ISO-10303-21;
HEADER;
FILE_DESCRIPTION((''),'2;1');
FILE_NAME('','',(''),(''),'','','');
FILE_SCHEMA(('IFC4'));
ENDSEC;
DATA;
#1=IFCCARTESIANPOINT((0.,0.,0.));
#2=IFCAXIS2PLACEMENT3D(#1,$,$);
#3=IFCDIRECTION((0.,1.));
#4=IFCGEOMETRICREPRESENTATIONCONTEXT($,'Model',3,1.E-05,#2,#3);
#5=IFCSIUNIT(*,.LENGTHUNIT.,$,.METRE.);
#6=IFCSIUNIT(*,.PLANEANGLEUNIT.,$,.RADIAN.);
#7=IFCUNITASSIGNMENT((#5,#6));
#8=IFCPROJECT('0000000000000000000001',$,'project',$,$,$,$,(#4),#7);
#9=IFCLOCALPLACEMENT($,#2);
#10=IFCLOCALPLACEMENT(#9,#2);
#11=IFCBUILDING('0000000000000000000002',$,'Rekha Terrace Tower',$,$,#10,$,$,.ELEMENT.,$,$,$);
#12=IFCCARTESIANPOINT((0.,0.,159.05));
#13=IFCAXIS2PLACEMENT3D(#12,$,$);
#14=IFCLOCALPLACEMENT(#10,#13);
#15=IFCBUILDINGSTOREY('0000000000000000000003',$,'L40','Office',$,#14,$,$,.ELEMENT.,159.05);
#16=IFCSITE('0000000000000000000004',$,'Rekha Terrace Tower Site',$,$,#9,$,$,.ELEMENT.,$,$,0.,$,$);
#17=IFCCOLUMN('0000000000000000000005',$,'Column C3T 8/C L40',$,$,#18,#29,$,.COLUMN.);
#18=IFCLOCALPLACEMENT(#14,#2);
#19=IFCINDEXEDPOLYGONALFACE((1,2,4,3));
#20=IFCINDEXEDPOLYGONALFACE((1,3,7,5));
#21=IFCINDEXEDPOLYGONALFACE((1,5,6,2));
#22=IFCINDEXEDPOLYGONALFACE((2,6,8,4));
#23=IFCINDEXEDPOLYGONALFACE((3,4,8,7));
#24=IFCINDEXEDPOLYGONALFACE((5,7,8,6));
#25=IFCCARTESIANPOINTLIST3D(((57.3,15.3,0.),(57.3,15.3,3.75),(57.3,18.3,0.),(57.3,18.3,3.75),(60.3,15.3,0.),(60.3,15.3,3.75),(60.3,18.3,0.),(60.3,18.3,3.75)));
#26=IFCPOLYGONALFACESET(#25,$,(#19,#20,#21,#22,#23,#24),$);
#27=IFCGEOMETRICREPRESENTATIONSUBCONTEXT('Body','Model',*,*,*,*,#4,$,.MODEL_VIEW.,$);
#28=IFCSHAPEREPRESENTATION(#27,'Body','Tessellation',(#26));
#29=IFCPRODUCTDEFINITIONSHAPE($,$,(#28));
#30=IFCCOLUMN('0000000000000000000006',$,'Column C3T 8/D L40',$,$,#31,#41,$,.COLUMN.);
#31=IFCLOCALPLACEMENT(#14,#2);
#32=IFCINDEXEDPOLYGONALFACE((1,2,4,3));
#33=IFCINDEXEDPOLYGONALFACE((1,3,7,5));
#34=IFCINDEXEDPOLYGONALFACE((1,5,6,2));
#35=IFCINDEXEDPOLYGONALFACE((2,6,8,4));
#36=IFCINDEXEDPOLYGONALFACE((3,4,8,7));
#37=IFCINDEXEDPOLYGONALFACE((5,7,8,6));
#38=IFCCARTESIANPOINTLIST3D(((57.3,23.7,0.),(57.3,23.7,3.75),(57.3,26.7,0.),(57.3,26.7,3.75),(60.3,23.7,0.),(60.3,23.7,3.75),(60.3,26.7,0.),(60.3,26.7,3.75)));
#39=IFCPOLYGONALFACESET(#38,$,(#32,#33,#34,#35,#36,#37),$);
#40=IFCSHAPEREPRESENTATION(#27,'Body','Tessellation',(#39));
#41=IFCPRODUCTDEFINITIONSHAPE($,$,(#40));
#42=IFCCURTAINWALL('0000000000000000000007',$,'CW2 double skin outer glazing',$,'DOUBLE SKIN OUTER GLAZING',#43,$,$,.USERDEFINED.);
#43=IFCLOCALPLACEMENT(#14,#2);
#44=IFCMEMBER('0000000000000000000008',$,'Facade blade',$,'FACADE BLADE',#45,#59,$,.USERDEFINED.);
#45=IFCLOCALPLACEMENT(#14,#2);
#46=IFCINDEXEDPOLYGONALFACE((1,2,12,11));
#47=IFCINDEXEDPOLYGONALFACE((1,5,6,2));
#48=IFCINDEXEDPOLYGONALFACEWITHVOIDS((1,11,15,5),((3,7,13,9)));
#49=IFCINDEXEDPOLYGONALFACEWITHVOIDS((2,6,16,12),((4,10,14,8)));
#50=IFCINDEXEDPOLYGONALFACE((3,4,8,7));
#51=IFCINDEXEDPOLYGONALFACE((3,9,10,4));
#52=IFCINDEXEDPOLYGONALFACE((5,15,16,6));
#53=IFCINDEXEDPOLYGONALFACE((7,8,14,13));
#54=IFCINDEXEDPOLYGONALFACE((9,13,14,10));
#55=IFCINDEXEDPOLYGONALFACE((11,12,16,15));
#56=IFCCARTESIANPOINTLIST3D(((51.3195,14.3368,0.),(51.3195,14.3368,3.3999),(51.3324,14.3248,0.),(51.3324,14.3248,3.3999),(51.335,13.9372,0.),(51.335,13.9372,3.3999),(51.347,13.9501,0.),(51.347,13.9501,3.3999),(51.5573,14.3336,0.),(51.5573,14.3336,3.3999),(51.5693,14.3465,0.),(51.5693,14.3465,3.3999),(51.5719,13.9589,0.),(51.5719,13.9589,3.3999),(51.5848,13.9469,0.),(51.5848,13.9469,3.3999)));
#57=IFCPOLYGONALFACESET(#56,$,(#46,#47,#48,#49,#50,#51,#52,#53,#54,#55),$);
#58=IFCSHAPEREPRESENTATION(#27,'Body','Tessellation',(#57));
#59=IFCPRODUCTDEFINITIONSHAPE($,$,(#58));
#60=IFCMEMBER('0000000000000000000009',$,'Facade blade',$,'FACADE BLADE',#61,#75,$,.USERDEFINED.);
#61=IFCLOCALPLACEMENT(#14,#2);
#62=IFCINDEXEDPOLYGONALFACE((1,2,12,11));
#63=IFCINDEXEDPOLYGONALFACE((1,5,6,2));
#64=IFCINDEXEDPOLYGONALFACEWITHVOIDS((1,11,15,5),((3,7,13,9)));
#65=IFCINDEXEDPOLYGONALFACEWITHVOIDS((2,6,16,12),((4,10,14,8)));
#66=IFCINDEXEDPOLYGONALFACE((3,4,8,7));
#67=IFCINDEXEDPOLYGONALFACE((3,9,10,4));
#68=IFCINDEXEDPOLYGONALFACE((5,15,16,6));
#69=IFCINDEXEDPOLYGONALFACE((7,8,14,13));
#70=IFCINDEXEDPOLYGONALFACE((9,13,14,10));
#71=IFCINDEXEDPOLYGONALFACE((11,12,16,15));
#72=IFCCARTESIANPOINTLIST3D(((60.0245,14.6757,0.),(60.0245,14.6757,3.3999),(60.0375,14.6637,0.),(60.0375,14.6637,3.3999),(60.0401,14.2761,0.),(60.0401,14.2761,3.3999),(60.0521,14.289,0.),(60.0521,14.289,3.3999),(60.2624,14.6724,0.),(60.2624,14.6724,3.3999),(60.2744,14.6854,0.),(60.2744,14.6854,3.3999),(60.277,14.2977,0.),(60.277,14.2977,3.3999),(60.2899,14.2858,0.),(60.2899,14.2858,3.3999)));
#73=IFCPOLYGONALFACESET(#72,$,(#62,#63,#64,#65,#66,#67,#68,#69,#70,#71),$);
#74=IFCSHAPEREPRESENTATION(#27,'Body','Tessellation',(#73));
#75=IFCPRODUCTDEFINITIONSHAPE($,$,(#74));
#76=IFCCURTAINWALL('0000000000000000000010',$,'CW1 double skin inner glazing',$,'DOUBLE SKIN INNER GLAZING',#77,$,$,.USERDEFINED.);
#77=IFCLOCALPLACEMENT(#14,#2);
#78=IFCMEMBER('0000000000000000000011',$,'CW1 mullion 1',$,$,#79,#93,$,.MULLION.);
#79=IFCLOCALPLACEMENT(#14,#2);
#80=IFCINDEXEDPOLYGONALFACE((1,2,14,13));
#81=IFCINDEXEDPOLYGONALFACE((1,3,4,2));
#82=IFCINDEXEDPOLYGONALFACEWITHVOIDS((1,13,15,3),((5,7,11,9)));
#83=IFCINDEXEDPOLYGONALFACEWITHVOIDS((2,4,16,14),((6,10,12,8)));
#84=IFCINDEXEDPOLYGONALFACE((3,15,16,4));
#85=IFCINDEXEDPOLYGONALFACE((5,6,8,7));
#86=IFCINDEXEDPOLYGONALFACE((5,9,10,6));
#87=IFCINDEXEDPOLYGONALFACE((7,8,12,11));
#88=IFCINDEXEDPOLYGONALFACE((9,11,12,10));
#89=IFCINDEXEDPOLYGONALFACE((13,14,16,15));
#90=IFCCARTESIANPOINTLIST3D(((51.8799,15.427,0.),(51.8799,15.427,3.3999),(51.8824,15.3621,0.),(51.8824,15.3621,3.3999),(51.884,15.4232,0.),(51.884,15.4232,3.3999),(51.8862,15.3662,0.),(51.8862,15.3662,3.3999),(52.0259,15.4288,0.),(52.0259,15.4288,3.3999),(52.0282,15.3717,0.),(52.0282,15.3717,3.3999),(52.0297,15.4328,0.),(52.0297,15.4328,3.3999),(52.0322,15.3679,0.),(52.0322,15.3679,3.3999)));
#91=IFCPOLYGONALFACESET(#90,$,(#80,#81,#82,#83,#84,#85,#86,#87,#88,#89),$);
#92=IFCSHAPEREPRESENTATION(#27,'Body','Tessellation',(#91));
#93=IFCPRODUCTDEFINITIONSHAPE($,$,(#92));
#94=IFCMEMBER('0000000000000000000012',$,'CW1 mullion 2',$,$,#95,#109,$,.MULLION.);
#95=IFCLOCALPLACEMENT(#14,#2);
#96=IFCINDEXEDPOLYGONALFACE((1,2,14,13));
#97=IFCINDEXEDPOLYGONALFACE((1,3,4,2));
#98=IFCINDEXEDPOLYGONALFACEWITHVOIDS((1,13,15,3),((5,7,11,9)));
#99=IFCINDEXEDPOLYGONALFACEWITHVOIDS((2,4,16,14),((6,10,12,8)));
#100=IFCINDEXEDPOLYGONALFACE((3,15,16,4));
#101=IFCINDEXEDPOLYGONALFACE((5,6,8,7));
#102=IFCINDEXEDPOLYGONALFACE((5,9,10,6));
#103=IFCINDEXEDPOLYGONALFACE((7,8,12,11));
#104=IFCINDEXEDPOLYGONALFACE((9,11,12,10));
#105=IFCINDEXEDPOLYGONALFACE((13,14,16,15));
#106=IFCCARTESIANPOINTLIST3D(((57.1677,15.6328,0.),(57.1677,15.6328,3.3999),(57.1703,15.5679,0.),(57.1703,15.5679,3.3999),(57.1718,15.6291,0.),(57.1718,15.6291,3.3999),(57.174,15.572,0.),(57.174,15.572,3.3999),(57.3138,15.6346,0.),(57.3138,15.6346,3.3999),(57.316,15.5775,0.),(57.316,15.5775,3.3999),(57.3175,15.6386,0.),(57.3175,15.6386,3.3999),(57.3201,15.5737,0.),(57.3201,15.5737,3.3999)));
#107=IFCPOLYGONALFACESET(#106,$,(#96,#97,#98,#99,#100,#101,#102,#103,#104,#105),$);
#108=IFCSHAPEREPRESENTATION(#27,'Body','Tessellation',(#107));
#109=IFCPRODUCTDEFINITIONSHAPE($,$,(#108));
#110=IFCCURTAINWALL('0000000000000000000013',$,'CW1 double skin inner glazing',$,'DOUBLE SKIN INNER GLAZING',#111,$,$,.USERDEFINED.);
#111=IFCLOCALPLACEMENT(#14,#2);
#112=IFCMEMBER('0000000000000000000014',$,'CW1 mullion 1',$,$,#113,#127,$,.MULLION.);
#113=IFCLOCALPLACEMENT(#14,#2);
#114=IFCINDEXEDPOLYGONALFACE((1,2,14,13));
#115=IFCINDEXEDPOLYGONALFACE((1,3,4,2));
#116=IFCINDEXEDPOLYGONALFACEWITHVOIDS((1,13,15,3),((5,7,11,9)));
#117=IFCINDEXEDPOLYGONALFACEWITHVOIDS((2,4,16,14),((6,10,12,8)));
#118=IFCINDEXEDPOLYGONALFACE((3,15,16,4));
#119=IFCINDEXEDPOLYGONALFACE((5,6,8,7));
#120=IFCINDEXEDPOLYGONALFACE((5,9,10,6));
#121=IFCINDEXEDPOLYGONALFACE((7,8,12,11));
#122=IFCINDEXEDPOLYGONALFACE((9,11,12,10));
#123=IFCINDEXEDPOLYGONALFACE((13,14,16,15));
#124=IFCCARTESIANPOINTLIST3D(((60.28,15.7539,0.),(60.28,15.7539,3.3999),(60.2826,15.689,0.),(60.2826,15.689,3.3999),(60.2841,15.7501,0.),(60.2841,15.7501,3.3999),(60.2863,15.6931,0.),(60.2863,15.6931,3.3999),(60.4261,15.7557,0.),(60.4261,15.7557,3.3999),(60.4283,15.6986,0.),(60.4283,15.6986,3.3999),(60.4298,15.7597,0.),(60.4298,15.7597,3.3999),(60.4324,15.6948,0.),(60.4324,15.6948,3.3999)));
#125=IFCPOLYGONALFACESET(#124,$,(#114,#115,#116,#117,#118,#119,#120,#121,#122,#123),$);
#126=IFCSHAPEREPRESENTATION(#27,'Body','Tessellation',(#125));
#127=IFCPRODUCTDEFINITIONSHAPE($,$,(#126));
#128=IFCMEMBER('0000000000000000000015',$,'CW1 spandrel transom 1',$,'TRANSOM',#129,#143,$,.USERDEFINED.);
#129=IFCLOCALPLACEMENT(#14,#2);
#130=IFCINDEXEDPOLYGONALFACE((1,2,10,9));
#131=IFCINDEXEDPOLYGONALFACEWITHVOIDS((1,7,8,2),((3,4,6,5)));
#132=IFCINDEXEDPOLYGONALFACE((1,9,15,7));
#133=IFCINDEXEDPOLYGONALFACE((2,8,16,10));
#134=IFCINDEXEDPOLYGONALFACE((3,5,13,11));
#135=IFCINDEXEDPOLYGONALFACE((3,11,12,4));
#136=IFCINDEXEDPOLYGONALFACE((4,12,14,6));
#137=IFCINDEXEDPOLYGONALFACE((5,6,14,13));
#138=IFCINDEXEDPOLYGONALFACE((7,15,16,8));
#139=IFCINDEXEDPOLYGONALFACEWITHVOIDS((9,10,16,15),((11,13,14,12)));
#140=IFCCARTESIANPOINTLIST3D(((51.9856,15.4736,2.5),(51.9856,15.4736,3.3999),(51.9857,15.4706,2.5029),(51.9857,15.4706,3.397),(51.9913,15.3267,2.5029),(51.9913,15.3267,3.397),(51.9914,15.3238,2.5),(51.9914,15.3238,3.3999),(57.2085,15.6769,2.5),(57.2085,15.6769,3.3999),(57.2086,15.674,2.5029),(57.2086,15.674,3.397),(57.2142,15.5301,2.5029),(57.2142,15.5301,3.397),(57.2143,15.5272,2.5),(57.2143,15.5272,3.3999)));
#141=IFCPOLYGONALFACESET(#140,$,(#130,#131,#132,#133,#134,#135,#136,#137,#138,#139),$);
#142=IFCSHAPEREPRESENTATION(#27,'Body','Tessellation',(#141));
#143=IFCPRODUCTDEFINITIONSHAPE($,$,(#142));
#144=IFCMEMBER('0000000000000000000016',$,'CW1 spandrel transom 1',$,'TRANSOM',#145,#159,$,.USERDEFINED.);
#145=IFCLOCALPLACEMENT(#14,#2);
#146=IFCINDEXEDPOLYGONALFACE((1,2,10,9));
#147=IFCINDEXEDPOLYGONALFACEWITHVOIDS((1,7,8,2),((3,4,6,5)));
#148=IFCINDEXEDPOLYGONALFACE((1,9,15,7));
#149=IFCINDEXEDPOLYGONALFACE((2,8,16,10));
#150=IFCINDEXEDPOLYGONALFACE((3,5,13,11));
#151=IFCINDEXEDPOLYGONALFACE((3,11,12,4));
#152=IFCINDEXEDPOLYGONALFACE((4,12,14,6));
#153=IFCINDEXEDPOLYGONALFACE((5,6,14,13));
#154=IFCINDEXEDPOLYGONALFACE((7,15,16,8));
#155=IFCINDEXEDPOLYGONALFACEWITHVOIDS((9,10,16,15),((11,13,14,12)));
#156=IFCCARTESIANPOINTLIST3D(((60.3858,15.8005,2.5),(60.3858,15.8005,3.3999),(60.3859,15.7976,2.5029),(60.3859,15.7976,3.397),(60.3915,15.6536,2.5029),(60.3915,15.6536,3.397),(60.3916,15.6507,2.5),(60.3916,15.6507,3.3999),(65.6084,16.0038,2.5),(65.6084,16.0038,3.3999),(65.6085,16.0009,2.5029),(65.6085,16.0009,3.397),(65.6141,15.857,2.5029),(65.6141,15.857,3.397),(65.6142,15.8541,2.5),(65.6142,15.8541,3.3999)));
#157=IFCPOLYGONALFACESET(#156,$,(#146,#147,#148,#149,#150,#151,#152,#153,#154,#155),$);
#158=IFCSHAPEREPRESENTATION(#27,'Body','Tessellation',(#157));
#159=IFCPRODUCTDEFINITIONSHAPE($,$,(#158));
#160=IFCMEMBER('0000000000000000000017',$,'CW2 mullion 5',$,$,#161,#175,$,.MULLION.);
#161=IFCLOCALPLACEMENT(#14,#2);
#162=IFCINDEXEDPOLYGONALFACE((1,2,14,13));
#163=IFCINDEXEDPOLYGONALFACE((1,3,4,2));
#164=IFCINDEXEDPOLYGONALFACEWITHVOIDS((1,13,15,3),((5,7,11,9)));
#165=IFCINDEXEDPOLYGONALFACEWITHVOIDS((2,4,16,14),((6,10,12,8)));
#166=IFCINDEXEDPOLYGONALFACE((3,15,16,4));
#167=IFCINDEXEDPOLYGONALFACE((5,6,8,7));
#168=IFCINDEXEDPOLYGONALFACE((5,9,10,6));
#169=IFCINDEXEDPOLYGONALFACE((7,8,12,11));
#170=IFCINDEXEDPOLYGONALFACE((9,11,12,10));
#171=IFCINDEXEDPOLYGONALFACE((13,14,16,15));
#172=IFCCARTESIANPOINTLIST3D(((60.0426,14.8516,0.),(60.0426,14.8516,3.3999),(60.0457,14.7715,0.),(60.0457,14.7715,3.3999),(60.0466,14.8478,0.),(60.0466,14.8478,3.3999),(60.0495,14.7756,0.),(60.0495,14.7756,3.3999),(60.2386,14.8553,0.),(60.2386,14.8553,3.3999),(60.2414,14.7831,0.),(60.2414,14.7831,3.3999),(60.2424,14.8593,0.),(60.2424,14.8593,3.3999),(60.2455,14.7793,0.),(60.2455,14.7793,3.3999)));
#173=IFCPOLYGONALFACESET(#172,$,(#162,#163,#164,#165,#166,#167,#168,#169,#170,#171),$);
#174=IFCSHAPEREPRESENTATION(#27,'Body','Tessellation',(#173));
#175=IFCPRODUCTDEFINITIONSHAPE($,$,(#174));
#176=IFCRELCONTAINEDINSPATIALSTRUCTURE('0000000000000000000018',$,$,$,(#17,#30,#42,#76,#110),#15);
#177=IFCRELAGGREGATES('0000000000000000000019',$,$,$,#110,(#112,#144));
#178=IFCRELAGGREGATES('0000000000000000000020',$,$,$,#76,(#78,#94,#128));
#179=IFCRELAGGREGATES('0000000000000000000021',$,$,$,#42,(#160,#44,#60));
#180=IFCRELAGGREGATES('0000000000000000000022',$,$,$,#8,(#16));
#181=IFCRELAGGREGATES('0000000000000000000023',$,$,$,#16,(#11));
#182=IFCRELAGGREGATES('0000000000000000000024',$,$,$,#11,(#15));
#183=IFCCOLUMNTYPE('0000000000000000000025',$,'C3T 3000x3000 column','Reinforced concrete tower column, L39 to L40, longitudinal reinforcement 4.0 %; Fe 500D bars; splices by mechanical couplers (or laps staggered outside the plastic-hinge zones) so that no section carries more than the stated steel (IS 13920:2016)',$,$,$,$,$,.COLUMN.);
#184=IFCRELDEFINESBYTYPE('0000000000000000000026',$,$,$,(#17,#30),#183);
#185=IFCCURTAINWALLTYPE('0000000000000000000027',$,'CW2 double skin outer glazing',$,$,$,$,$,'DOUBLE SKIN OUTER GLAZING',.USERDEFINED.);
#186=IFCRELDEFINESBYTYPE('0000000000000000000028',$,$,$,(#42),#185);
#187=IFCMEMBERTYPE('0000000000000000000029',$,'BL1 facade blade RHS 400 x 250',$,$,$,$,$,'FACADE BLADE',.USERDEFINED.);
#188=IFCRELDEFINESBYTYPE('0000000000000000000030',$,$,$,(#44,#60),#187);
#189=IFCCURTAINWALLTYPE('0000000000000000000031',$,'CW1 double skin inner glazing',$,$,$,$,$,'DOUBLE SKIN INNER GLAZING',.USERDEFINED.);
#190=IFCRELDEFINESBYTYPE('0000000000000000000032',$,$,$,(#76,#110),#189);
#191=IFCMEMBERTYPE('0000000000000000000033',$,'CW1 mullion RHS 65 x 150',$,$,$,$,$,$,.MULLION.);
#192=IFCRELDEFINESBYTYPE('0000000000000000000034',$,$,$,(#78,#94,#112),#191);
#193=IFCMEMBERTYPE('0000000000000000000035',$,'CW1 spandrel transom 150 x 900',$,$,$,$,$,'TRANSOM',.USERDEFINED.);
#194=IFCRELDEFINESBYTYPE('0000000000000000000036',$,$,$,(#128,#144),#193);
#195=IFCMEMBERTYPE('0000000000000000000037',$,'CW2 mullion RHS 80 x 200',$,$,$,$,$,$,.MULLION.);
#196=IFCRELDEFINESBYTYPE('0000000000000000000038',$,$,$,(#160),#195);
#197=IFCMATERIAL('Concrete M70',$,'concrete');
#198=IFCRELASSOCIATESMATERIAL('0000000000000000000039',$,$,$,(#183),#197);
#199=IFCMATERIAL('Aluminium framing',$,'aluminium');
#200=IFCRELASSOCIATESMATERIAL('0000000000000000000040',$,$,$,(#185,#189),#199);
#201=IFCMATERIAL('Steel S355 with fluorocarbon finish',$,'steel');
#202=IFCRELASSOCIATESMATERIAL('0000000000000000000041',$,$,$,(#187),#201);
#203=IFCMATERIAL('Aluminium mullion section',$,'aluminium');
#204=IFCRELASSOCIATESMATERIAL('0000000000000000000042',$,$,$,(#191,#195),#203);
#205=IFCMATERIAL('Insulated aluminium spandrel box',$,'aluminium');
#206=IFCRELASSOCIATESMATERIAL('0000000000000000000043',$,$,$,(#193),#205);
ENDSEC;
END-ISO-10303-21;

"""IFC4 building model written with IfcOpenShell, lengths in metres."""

from ifc_helpers import new_model, si_unit, direction, frame, origin, origin_2d, place, context, subcontext, project, spatial, rectangle, hollow_rectangle, extrude, material, material_profile, profile_set, type_object, element, aggregate, save


model = new_model("IFC4")

# Units and contexts
model_context = context("Model", 3, precision=1e-05, world=origin(), true_north=direction((0.0, 1.0)))
body_context = subcontext(model_context, "Body", "Model", "MODEL_VIEW")
ifc_project = project(units=[si_unit("LENGTHUNIT", "METRE"), si_unit("PLANEANGLEUNIT", "RADIAN")], contexts=[model_context])

# Site, building, storey
site_placement = place(None, origin())
site = spatial("IfcSite", under=ifc_project, at=site_placement, Name="Rekha Terrace Tower Site", CompositionType="ELEMENT", RefElevation=0.0)
building_placement = place(site_placement, origin())
building = spatial("IfcBuilding", under=site, at=building_placement, Name="Rekha Terrace Tower", CompositionType="ELEMENT")
storey_placement = place(building_placement, frame((0.0, 0.0, 159.05)))
storey = spatial("IfcBuildingStorey", under=building, at=storey_placement, Name="L40", Description="Office", CompositionType="ELEMENT", Elevation=159.05)

# Columns
ifc_material_1 = material(Name="Concrete M70", Category="concrete")
ifc_material_profile_1 = material_profile(ifc_material_1, rectangle(XDim=3.0, YDim=3.0, at=origin_2d()), Name="RC 3000x3000")
ifc_profile_set_1 = profile_set([ifc_material_profile_1], Name="Concrete M70")
column_type = type_object("IfcColumnType", Name="C3T 3000x3000 column", Description="Reinforced concrete tower column, L39 to L40, longitudinal reinforcement 4.0 %; Fe 500D bars; splices by mechanical couplers (or laps staggered outside the plastic-hinge zones) so that no section carries more than the stated steel (IS 13920:2016)", PredefinedType="COLUMN", material=ifc_profile_set_1)
for number, where, z_axis, x_axis, name in (
    (1, (58.8, 16.8, 0.0), (0.0, 0.0, 1.0), (1.0, 0.0, 0.0), "Column C3T 8/C L40"),
    (2, (58.8, 25.2, 0.0), (0.0, 0.0, 1.0), (1.0, 0.0, 0.0), "Column C3T 8/D L40"),
):
    element("IfcColumn", number, at=place(storey_placement, frame(where, z_axis=z_axis, x_axis=x_axis)), inside=storey, type_object=column_type, Name=name, PredefinedType="COLUMN", context=body_context, shape_type="SweptSolid", body=[
        extrude(rectangle(XDim=3.0, YDim=3.0, at=origin_2d()), origin(), (0.0, 0.0, 1.0), 3.75),
    ])

# Curtain walls, members
ifc_material_2 = material(Name="Aluminium framing", Category="aluminium")
curtain_wall_type_1 = type_object("IfcCurtainWallType", Name="CW2 double skin outer glazing", ElementType="DOUBLE SKIN OUTER GLAZING", PredefinedType="USERDEFINED", material=ifc_material_2)
curtain_wall_1_placement = place(storey_placement, origin())
curtain_wall_1 = element("IfcCurtainWall", 3, at=curtain_wall_1_placement, inside=storey, type_object=curtain_wall_type_1, Name="CW2 double skin outer glazing", ObjectType="DOUBLE SKIN OUTER GLAZING", PredefinedType="USERDEFINED")
ifc_material_3 = material(Name="Steel S355 with fluorocarbon finish", Category="steel")
ifc_material_profile_2 = material_profile(ifc_material_3, hollow_rectangle(XDim=0.25, YDim=0.3999, WallThickness=0.0125, at=origin_2d()), Name="RHS400x250x12.5")
ifc_profile_set_2 = profile_set([ifc_material_profile_2], Name="Steel S355 with fluorocarbon finish")
member_type_1 = type_object("IfcMemberType", Name="BL1 facade blade RHS 400 x 250", ElementType="FACADE BLADE", PredefinedType="USERDEFINED", material=ifc_profile_set_2)
member_1_placement = place(storey_placement, frame((51.4521, 14.1418, 0.0), z_axis=(0.0, 0.0, 1.0), x_axis=(0.999243, 0.03889, 0.0)))
member_1 = element("IfcMember", 4, at=member_1_placement, type_object=member_type_1, Name="Facade blade", ObjectType="FACADE BLADE", PredefinedType="USERDEFINED", context=body_context, shape_type="SweptSolid", body=[
    extrude(hollow_rectangle(XDim=0.25, YDim=0.3999, WallThickness=0.0125, at=origin_2d()), origin(), (0.0, 0.0, 1.0), 3.3999),
])
member_2_placement = place(storey_placement, frame((60.1572, 14.4807, 0.0), z_axis=(0.0, 0.0, 1.0), x_axis=(0.999243, 0.03889, 0.0)))
member_2 = element("IfcMember", 5, at=member_2_placement, type_object=member_type_1, Name="Facade blade", ObjectType="FACADE BLADE", PredefinedType="USERDEFINED", context=body_context, shape_type="SweptSolid", body=[
    extrude(hollow_rectangle(XDim=0.25, YDim=0.3999, WallThickness=0.0125, at=origin_2d()), origin(), (0.0, 0.0, 1.0), 3.3999),
])
curtain_wall_type_2 = type_object("IfcCurtainWallType", Name="CW1 double skin inner glazing", ElementType="DOUBLE SKIN INNER GLAZING", PredefinedType="USERDEFINED", material=ifc_material_2)
curtain_wall_2_placement = place(storey_placement, origin())
curtain_wall_2 = element("IfcCurtainWall", 6, at=curtain_wall_2_placement, inside=storey, type_object=curtain_wall_type_2, Name="CW1 double skin inner glazing", ObjectType="DOUBLE SKIN INNER GLAZING", PredefinedType="USERDEFINED")
ifc_material_4 = material(Name="Aluminium mullion section", Category="aluminium")
ifc_material_profile_3 = material_profile(ifc_material_4, hollow_rectangle(XDim=0.0649, YDim=0.1499, WallThickness=0.0039, at=origin_2d()), Name="AL RHS 65x150")
ifc_profile_set_3 = profile_set([ifc_material_profile_3], Name="Aluminium mullion section")
member_type_2 = type_object("IfcMemberType", Name="CW1 mullion RHS 65 x 150", PredefinedType="MULLION", material=ifc_profile_set_3)
member_3_placement = place(storey_placement, frame((51.9561, 15.3975, 0.0), z_axis=(0.0, 0.0, 1.0), x_axis=(-0.03889, 0.999243, 0.0)))
member_3 = element("IfcMember", 7, at=member_3_placement, type_object=member_type_2, Name="CW1 mullion 1", PredefinedType="MULLION", context=body_context, shape_type="SweptSolid", body=[
    extrude(hollow_rectangle(XDim=0.0649, YDim=0.1499, WallThickness=0.0039, at=origin_2d()), origin(), (0.0, 0.0, 1.0), 3.3999),
])
member_4_placement = place(storey_placement, frame((57.2439, 15.6033, 0.0), z_axis=(0.0, 0.0, 1.0), x_axis=(-0.03889, 0.999243, 0.0)))
member_4 = element("IfcMember", 8, at=member_4_placement, type_object=member_type_2, Name="CW1 mullion 2", PredefinedType="MULLION", context=body_context, shape_type="SweptSolid", body=[
    extrude(hollow_rectangle(XDim=0.0649, YDim=0.1499, WallThickness=0.0039, at=origin_2d()), origin(), (0.0, 0.0, 1.0), 3.3999),
])

# Curtain wall, member
curtain_wall_3_placement = place(storey_placement, origin())
curtain_wall_3 = element("IfcCurtainWall", 9, at=curtain_wall_3_placement, inside=storey, type_object=curtain_wall_type_2, Name="CW1 double skin inner glazing", ObjectType="DOUBLE SKIN INNER GLAZING", PredefinedType="USERDEFINED")
member_5_placement = place(storey_placement, frame((60.3562, 15.7244, 0.0), z_axis=(0.0, 0.0, 1.0), x_axis=(-0.03889, 0.999243, 0.0)))
member_5 = element("IfcMember", 10, at=member_5_placement, type_object=member_type_2, Name="CW1 mullion 1", PredefinedType="MULLION", context=body_context, shape_type="SweptSolid", body=[
    extrude(hollow_rectangle(XDim=0.0649, YDim=0.1499, WallThickness=0.0039, at=origin_2d()), origin(), (0.0, 0.0, 1.0), 3.3999),
])

# Members
ifc_material_5 = material(Name="Insulated aluminium spandrel box", Category="aluminium")
ifc_material_profile_4 = material_profile(ifc_material_5, hollow_rectangle(XDim=0.1499, YDim=0.8999, WallThickness=0.0029, at=origin_2d()), Name="AL SPANDREL BOX 150x900")
ifc_profile_set_4 = profile_set([ifc_material_profile_4], Name="Insulated aluminium spandrel box")
member_type_3 = type_object("IfcMemberType", Name="CW1 spandrel transom 150 x 900", ElementType="TRANSOM", PredefinedType="USERDEFINED", material=ifc_profile_set_4)
member_6_placement = place(storey_placement, frame((51.9885, 15.3987, 2.95), z_axis=(0.999243, 0.038908, 0.0), x_axis=(-0.038908, 0.999243, 0.0)))
member_6 = element("IfcMember", 11, at=member_6_placement, type_object=member_type_3, Name="CW1 spandrel transom 1", ObjectType="TRANSOM", PredefinedType="USERDEFINED", context=body_context, shape_type="SweptSolid", body=[
    extrude(hollow_rectangle(XDim=0.1499, YDim=0.8999, WallThickness=0.0029, at=origin_2d()), origin(), (0.0, 0.0, 1.0), 5.2268),
])
member_7_placement = place(storey_placement, frame((60.3887, 15.7256, 2.95), z_axis=(0.999243, 0.03891, 0.0), x_axis=(-0.03891, 0.999243, 0.0)))
member_7 = element("IfcMember", 12, at=member_7_placement, type_object=member_type_3, Name="CW1 spandrel transom 1", ObjectType="TRANSOM", PredefinedType="USERDEFINED", context=body_context, shape_type="SweptSolid", body=[
    extrude(hollow_rectangle(XDim=0.1499, YDim=0.8999, WallThickness=0.0029, at=origin_2d()), origin(), (0.0, 0.0, 1.0), 5.2266),
])
aggregate(curtain_wall_3, [member_5, member_7])
ifc_material_profile_5 = material_profile(ifc_material_4, hollow_rectangle(XDim=0.0801, YDim=0.2, WallThickness=0.0039, at=origin_2d()), Name="AL RHS 80x200")
ifc_profile_set_5 = profile_set([ifc_material_profile_5], Name="Aluminium mullion section")
member_type_4 = type_object("IfcMemberType", Name="CW2 mullion RHS 80 x 200", PredefinedType="MULLION", material=ifc_profile_set_5)
member_8_placement = place(storey_placement, frame((60.144, 14.8154, 0.0), z_axis=(0.0, 0.0, 1.0), x_axis=(-0.03889, 0.999243, 0.0)))
member_8 = element("IfcMember", 13, at=member_8_placement, type_object=member_type_4, Name="CW2 mullion 5", PredefinedType="MULLION", context=body_context, shape_type="SweptSolid", body=[
    extrude(hollow_rectangle(XDim=0.0801, YDim=0.2, WallThickness=0.0039, at=origin_2d()), origin(), (0.0, 0.0, 1.0), 3.3999),
])

aggregate(curtain_wall_2, [member_3, member_4, member_6])
aggregate(curtain_wall_1, [member_8, member_1, member_2])

save(model, "model.ifc")
